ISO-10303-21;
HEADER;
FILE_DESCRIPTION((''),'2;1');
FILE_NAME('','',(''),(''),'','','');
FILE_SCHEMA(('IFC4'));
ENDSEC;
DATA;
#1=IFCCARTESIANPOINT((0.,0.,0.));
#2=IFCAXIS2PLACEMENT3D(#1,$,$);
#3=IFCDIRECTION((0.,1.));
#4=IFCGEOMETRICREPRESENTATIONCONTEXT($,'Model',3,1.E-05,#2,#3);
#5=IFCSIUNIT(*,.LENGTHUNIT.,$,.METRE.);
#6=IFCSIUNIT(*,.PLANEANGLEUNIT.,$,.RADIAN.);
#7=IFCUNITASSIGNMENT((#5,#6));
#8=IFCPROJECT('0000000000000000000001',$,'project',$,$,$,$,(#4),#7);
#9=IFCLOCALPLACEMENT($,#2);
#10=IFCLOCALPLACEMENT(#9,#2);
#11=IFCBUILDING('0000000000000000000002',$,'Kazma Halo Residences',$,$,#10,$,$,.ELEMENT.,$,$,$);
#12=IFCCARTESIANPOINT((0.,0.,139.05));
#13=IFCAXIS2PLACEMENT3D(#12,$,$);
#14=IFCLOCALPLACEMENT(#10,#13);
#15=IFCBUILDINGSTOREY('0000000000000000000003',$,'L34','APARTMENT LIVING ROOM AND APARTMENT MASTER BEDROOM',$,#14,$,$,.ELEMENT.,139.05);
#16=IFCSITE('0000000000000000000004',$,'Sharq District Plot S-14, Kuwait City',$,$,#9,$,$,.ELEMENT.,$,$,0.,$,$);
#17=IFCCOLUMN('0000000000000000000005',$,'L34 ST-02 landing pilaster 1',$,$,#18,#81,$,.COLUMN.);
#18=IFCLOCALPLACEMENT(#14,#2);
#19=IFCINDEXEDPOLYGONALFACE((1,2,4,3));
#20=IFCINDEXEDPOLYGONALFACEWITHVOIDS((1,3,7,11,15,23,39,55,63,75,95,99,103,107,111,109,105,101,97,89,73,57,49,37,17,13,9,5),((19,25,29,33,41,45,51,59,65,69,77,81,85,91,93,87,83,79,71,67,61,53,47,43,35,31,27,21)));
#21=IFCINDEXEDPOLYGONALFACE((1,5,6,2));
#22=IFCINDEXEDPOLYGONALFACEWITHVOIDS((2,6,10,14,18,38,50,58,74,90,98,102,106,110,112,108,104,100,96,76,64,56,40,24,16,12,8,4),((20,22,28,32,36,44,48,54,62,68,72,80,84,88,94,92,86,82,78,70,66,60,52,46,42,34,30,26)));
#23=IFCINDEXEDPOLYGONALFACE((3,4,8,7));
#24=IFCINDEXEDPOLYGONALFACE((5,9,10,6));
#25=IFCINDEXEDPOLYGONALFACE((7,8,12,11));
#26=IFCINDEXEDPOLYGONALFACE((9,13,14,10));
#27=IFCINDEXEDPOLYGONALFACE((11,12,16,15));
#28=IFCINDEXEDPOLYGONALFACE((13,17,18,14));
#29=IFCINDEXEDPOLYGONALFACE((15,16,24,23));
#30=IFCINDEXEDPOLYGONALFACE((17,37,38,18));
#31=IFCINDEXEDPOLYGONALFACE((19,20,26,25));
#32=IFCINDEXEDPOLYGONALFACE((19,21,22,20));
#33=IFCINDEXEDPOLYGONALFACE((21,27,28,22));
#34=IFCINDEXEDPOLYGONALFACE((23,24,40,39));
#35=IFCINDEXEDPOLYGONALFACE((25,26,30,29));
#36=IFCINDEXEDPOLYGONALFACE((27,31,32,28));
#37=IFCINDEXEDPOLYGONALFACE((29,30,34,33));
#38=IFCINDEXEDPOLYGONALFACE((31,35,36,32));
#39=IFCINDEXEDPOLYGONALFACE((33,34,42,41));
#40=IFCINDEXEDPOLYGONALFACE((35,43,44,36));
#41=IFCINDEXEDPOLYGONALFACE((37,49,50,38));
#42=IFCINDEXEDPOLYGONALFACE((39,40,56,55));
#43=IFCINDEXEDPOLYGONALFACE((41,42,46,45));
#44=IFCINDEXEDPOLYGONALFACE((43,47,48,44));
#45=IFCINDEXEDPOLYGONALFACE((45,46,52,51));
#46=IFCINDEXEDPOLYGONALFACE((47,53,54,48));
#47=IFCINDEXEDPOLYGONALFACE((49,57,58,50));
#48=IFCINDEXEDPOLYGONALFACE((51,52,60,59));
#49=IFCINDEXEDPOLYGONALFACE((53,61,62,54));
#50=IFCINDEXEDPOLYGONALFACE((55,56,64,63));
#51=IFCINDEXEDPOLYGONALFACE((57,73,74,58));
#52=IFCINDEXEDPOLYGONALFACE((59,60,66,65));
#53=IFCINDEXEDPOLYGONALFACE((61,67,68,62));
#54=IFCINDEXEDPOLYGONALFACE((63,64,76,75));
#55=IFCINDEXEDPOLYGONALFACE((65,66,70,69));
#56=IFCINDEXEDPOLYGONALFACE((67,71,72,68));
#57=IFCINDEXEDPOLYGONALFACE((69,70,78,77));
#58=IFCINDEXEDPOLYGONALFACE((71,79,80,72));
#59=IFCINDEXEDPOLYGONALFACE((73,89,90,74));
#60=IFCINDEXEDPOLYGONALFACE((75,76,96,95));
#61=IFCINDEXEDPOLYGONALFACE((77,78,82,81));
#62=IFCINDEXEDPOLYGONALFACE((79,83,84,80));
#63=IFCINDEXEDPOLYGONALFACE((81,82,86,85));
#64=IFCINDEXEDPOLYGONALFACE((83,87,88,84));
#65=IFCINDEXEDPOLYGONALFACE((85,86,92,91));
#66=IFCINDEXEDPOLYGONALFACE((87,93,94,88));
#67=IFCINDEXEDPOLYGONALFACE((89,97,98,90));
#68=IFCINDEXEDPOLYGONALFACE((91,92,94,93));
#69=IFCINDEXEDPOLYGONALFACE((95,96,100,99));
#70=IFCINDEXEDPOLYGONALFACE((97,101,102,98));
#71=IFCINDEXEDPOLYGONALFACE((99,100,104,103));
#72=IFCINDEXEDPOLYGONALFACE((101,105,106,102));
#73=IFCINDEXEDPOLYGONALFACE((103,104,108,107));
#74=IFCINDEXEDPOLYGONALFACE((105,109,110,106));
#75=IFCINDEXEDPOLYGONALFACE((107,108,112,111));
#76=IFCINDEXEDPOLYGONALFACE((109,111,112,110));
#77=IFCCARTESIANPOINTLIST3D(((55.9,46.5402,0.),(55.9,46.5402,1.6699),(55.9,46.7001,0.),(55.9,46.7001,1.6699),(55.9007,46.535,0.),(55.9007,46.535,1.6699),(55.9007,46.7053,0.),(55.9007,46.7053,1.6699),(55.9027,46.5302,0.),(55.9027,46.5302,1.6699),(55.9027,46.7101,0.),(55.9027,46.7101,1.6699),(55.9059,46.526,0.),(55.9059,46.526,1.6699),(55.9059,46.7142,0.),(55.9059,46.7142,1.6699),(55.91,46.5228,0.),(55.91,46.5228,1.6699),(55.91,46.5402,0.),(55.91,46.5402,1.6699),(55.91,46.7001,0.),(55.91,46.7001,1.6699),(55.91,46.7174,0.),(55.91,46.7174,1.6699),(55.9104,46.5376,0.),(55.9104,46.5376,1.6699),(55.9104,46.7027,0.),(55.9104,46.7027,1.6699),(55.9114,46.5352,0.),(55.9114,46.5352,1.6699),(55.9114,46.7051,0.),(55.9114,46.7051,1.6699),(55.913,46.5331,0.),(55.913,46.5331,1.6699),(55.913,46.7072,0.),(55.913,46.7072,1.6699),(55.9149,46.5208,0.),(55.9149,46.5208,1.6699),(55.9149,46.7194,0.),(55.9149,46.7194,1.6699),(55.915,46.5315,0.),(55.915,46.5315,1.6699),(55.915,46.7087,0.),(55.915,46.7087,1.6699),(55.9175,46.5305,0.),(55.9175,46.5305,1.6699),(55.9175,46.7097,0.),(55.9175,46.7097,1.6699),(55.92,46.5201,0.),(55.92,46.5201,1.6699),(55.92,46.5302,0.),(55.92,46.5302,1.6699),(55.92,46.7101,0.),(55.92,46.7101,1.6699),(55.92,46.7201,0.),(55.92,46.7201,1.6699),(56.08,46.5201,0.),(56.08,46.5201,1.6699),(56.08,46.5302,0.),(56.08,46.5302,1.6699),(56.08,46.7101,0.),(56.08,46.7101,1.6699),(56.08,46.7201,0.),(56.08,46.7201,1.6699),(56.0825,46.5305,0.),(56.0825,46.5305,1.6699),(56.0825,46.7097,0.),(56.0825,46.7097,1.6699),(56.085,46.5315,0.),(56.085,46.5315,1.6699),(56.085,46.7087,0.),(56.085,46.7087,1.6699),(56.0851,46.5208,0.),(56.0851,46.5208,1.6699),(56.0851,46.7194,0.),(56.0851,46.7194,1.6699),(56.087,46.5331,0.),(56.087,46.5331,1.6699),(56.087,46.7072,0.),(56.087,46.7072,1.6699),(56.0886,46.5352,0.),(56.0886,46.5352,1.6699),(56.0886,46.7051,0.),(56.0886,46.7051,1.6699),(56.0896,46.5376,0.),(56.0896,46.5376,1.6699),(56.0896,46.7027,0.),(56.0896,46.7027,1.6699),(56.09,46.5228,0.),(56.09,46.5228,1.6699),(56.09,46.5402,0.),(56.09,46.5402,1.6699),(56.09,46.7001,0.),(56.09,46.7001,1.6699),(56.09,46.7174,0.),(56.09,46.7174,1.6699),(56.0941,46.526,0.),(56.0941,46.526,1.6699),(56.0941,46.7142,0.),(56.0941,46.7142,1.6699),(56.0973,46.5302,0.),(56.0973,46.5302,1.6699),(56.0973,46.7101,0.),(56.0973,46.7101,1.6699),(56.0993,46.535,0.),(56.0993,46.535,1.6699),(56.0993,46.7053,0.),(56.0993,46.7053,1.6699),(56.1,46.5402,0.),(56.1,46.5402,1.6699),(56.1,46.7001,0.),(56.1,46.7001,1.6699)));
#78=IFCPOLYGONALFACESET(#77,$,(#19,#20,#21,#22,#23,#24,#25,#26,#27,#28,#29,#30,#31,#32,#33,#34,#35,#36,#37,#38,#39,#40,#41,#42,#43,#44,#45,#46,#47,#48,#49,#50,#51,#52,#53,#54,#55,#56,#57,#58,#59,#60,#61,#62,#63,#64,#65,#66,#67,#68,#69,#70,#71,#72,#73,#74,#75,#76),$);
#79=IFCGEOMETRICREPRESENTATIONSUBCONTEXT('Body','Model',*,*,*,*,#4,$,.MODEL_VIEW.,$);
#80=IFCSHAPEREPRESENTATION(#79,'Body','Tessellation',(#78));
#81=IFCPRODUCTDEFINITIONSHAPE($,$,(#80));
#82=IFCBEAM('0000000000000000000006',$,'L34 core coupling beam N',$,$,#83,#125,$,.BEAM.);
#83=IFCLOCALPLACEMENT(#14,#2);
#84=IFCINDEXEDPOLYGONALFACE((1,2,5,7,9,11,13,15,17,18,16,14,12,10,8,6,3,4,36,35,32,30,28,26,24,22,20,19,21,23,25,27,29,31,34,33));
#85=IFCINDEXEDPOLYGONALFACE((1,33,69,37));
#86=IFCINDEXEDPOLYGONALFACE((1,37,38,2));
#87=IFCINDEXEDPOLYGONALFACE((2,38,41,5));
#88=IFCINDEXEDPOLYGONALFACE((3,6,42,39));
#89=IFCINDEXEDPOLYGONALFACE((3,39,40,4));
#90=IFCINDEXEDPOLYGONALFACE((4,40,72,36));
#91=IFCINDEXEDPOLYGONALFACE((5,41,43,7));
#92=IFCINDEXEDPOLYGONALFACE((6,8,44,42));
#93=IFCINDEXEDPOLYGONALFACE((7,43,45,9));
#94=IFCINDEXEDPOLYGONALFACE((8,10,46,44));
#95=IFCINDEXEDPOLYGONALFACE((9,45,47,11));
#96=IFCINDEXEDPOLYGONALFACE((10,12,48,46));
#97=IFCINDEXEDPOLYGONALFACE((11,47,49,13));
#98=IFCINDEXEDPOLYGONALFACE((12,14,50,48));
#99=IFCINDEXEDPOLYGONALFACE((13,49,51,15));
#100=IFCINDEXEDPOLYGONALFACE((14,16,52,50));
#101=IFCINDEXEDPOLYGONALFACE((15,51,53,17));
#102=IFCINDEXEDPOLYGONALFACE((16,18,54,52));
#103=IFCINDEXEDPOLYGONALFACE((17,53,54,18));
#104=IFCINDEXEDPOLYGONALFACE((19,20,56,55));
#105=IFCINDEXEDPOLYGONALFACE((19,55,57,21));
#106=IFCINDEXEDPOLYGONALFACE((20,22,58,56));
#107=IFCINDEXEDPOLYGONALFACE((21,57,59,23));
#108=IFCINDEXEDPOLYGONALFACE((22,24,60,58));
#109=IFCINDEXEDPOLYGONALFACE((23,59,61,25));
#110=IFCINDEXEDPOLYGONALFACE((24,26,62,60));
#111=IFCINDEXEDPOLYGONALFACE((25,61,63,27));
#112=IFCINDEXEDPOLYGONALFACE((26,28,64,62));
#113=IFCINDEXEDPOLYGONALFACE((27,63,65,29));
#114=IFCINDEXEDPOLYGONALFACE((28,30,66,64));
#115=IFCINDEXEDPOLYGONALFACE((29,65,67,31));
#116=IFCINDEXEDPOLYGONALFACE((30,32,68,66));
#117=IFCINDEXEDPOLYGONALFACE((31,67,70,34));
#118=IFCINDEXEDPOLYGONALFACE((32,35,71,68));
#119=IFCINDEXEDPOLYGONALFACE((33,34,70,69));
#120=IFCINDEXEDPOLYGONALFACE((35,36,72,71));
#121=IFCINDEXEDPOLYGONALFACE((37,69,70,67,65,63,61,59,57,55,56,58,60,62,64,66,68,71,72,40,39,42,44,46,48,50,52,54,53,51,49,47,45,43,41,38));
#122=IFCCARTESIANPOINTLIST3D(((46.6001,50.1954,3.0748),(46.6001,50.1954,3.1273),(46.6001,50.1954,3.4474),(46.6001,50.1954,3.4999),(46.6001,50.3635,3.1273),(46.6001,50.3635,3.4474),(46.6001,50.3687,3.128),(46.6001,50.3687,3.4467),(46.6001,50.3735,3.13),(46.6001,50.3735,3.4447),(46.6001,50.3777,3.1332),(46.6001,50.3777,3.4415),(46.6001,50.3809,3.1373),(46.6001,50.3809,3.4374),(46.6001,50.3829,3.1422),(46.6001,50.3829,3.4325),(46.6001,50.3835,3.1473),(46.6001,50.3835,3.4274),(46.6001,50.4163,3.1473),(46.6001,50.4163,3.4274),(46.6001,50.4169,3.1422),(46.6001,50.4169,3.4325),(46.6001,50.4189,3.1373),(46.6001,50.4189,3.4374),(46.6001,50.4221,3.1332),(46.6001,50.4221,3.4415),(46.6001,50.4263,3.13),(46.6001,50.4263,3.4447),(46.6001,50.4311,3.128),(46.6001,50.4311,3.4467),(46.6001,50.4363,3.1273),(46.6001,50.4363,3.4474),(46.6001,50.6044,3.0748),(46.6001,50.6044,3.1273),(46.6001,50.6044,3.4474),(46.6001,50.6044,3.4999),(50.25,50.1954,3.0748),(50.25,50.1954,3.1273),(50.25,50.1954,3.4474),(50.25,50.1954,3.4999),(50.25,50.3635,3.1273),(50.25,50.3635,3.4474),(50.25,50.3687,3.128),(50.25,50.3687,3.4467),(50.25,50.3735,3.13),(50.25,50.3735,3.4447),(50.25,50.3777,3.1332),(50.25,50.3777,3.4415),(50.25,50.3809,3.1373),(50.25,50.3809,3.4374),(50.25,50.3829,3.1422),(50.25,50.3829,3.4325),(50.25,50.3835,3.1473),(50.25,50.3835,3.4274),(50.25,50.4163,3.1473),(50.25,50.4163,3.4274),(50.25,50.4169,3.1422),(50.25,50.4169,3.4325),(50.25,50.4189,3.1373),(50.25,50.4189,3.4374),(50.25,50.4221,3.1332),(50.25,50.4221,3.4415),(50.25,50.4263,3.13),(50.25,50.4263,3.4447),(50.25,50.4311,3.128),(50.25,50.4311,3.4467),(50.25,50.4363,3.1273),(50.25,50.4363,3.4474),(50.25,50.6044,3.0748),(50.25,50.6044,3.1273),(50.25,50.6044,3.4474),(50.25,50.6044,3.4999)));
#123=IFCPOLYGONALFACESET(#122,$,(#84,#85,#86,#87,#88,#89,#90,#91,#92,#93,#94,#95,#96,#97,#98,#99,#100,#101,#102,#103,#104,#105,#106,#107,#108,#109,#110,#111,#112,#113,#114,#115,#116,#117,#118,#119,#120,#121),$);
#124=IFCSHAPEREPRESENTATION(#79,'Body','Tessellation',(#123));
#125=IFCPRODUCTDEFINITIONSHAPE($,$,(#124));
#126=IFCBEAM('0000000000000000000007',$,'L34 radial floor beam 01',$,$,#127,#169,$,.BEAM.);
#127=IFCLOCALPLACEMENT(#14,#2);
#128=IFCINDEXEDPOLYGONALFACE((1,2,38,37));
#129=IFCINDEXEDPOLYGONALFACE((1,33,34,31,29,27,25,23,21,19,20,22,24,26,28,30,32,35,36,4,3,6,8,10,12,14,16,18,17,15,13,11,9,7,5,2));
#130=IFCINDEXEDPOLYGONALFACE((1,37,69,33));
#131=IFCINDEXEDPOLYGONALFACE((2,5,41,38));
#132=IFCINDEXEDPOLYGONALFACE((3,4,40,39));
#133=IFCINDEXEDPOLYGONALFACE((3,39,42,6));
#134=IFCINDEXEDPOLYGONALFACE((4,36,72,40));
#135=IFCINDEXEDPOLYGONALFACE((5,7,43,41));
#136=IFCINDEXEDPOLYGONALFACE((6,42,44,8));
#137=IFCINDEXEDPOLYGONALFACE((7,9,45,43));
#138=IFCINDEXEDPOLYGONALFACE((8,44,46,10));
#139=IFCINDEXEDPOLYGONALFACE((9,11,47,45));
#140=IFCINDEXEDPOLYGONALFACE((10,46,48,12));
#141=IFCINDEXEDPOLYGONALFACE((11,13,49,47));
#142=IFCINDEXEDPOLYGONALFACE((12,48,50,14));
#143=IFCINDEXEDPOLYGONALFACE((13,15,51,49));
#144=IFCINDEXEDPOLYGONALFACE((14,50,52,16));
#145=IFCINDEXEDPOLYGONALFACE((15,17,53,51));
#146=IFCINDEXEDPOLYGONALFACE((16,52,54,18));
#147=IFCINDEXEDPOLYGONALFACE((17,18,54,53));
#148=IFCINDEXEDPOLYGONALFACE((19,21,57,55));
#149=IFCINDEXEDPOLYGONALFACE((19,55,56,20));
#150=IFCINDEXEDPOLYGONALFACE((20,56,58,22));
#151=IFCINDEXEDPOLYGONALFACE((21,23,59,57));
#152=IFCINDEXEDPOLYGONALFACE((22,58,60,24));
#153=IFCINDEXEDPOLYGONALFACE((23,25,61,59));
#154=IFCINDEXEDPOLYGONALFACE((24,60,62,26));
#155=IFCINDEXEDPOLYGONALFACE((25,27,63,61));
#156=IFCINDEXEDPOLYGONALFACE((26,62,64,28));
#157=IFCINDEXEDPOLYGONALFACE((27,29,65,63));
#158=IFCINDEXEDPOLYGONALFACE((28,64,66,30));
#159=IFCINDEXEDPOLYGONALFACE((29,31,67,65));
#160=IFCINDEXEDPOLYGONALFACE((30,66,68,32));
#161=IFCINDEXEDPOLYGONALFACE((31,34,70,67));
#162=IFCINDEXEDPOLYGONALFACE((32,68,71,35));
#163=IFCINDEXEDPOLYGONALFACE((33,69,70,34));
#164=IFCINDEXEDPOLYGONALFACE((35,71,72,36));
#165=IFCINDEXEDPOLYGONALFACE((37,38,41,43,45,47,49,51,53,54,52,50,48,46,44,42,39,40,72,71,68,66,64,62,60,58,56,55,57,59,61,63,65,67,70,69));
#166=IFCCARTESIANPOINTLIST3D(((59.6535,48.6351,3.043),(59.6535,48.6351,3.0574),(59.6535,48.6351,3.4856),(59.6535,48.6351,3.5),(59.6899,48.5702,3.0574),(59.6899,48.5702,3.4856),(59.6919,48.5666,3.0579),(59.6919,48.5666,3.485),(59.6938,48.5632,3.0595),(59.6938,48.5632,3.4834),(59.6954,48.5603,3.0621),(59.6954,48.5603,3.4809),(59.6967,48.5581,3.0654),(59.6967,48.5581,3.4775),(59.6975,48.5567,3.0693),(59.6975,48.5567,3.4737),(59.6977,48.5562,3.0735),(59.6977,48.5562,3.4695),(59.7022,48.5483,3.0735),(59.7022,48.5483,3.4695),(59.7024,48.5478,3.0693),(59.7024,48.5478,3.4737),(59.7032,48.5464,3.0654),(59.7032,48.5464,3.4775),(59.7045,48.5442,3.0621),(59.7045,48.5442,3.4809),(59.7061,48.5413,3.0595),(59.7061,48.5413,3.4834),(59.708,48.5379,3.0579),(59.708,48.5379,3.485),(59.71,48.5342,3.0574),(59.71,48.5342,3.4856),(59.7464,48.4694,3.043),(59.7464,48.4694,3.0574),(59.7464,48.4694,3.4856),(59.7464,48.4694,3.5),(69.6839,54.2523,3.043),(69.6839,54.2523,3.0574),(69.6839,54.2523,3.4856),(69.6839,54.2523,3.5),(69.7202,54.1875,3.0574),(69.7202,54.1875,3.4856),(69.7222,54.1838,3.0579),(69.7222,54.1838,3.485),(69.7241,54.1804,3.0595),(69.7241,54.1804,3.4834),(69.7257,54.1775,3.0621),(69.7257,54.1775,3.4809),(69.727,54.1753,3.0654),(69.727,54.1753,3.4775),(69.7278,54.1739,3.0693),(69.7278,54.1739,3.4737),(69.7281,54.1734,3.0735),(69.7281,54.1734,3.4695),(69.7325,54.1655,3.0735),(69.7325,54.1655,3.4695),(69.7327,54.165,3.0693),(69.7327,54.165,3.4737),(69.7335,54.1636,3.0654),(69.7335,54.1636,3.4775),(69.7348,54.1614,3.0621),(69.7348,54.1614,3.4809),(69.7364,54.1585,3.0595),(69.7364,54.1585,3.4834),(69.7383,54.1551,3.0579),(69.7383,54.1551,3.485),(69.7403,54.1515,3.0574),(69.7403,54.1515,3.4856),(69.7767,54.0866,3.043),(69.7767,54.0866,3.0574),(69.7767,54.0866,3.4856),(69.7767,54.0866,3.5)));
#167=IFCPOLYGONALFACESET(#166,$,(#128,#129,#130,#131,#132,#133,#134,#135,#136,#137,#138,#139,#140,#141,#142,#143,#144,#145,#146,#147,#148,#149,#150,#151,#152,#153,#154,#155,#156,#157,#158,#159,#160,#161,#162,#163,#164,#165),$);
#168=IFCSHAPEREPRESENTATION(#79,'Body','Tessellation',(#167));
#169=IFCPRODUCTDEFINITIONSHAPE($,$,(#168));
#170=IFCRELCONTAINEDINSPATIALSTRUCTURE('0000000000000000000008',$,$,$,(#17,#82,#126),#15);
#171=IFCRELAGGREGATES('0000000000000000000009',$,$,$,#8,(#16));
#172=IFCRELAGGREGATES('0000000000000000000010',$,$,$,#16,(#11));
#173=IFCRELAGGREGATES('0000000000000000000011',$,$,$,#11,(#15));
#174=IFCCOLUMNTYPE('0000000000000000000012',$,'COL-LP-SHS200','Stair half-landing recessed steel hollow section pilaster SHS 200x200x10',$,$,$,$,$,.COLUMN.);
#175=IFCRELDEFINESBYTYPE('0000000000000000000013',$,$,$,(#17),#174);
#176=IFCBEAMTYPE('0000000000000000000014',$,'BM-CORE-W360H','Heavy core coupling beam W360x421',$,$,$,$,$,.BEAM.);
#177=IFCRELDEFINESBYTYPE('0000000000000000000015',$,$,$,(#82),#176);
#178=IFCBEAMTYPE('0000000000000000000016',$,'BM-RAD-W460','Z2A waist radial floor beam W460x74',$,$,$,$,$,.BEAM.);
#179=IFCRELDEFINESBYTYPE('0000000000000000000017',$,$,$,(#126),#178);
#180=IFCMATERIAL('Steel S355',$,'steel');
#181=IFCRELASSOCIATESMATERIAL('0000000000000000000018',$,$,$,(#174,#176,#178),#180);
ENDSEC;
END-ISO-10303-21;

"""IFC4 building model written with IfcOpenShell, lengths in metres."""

from ifc_helpers import new_model, si_unit, direction, frame, origin, origin_2d, place, context, subcontext, project, spatial, hollow_rectangle, i_section, extrude, material, material_profile, profile_set, type_object, element, save


model = new_model("IFC4")

# Units and contexts
model_context = context("Model", 3, precision=1e-05, world=origin(), true_north=direction((0.0, 1.0)))
body_context = subcontext(model_context, "Body", "Model", "MODEL_VIEW")
ifc_project = project(units=[si_unit("LENGTHUNIT", "METRE"), si_unit("PLANEANGLEUNIT", "RADIAN")], contexts=[model_context])

# Site, building, storey
site_placement = place(None, origin())
site = spatial("IfcSite", under=ifc_project, at=site_placement, Name="Sharq District Plot S-14, Kuwait City", CompositionType="ELEMENT", RefElevation=0.0)
building_placement = place(site_placement, origin())
building = spatial("IfcBuilding", under=site, at=building_placement, Name="Kazma Halo Residences", CompositionType="ELEMENT")
storey_placement = place(building_placement, frame((0.0, 0.0, 139.05)))
storey = spatial("IfcBuildingStorey", under=building, at=storey_placement, Name="L34", Description="APARTMENT LIVING ROOM AND APARTMENT MASTER BEDROOM", CompositionType="ELEMENT", Elevation=139.05)

# Column
ifc_material_1 = material(Name="Steel S355", Category="steel")
ifc_material_profile_1 = material_profile(ifc_material_1, hollow_rectangle(XDim=0.2, YDim=0.2, WallThickness=0.01, InnerFilletRadius=0.01, OuterFilletRadius=0.02, at=origin_2d()), Name="SHS200x200x10")
ifc_profile_set_1 = profile_set([ifc_material_profile_1], Name="Steel S355")
column_type = type_object("IfcColumnType", Name="COL-LP-SHS200", Description="Stair half-landing recessed steel hollow section pilaster SHS 200x200x10", PredefinedType="COLUMN", material=ifc_profile_set_1)
column_placement = place(storey_placement, frame((56.0, 46.6201, 0.0), z_axis=(0.0, 0.0, 1.0), x_axis=(1.0, 0.0, 0.0)))
element("IfcColumn", 1, at=column_placement, inside=storey, type_object=column_type, Name="L34 ST-02 landing pilaster 1", PredefinedType="COLUMN", context=body_context, shape_type="SweptSolid", body=[
    extrude(hollow_rectangle(XDim=0.2, YDim=0.2, WallThickness=0.01, InnerFilletRadius=0.01, OuterFilletRadius=0.02, at=origin_2d()), origin(), (0.0, 0.0, 1.0), 1.6699),
])

# Beams
ifc_material_profile_2 = material_profile(ifc_material_1, i_section(OverallWidth=0.4089, OverallDepth=0.425, WebThickness=0.0327, FlangeThickness=0.0525, FilletRadius=0.02, at=origin_2d()), Name="W360x421")
ifc_profile_set_2 = profile_set([ifc_material_profile_2], Name="Steel S355")
beam_type_1 = type_object("IfcBeamType", Name="BM-CORE-W360H", Description="Heavy core coupling beam W360x421", PredefinedType="BEAM", material=ifc_profile_set_2)
beam_1_placement = place(storey_placement, frame((46.6001, 50.3999, 3.2874), z_axis=(1.0, 0.0, 0.0), x_axis=(0.0, 1.0, 0.0)))
element("IfcBeam", 2, at=beam_1_placement, inside=storey, type_object=beam_type_1, Name="L34 core coupling beam N", PredefinedType="BEAM", context=body_context, shape_type="SweptSolid", body=[
    extrude(i_section(OverallWidth=0.4089, OverallDepth=0.425, WebThickness=0.0327, FlangeThickness=0.0525, FilletRadius=0.02, at=origin_2d()), origin(), (0.0, 0.0, 1.0), 3.6499),
])
ifc_material_profile_3 = material_profile(ifc_material_1, i_section(OverallWidth=0.1899, OverallDepth=0.457, WebThickness=0.009, FlangeThickness=0.0144, FilletRadius=0.0161, at=origin_2d()), Name="W460x74")
ifc_profile_set_3 = profile_set([ifc_material_profile_3], Name="Steel S355")
beam_type_2 = type_object("IfcBeamType", Name="BM-RAD-W460", Description="Z2A waist radial floor beam W460x74", PredefinedType="BEAM", material=ifc_profile_set_3)
beam_2_placement = place(storey_placement, frame((59.7, 48.5522, 3.2715), z_axis=(0.872497, 0.488619, 0.0), x_axis=(-0.488619, 0.872497, 0.0)))
element("IfcBeam", 3, at=beam_2_placement, inside=storey, type_object=beam_type_2, Name="L34 radial floor beam 01", PredefinedType="BEAM", context=body_context, shape_type="SweptSolid", body=[
    extrude(i_section(OverallWidth=0.1899, OverallDepth=0.457, WebThickness=0.009, FlangeThickness=0.0144, FilletRadius=0.0161, at=origin_2d()), origin(), (0.0, 0.0, 1.0), 11.4961),
])

save(model, "model.ifc")
